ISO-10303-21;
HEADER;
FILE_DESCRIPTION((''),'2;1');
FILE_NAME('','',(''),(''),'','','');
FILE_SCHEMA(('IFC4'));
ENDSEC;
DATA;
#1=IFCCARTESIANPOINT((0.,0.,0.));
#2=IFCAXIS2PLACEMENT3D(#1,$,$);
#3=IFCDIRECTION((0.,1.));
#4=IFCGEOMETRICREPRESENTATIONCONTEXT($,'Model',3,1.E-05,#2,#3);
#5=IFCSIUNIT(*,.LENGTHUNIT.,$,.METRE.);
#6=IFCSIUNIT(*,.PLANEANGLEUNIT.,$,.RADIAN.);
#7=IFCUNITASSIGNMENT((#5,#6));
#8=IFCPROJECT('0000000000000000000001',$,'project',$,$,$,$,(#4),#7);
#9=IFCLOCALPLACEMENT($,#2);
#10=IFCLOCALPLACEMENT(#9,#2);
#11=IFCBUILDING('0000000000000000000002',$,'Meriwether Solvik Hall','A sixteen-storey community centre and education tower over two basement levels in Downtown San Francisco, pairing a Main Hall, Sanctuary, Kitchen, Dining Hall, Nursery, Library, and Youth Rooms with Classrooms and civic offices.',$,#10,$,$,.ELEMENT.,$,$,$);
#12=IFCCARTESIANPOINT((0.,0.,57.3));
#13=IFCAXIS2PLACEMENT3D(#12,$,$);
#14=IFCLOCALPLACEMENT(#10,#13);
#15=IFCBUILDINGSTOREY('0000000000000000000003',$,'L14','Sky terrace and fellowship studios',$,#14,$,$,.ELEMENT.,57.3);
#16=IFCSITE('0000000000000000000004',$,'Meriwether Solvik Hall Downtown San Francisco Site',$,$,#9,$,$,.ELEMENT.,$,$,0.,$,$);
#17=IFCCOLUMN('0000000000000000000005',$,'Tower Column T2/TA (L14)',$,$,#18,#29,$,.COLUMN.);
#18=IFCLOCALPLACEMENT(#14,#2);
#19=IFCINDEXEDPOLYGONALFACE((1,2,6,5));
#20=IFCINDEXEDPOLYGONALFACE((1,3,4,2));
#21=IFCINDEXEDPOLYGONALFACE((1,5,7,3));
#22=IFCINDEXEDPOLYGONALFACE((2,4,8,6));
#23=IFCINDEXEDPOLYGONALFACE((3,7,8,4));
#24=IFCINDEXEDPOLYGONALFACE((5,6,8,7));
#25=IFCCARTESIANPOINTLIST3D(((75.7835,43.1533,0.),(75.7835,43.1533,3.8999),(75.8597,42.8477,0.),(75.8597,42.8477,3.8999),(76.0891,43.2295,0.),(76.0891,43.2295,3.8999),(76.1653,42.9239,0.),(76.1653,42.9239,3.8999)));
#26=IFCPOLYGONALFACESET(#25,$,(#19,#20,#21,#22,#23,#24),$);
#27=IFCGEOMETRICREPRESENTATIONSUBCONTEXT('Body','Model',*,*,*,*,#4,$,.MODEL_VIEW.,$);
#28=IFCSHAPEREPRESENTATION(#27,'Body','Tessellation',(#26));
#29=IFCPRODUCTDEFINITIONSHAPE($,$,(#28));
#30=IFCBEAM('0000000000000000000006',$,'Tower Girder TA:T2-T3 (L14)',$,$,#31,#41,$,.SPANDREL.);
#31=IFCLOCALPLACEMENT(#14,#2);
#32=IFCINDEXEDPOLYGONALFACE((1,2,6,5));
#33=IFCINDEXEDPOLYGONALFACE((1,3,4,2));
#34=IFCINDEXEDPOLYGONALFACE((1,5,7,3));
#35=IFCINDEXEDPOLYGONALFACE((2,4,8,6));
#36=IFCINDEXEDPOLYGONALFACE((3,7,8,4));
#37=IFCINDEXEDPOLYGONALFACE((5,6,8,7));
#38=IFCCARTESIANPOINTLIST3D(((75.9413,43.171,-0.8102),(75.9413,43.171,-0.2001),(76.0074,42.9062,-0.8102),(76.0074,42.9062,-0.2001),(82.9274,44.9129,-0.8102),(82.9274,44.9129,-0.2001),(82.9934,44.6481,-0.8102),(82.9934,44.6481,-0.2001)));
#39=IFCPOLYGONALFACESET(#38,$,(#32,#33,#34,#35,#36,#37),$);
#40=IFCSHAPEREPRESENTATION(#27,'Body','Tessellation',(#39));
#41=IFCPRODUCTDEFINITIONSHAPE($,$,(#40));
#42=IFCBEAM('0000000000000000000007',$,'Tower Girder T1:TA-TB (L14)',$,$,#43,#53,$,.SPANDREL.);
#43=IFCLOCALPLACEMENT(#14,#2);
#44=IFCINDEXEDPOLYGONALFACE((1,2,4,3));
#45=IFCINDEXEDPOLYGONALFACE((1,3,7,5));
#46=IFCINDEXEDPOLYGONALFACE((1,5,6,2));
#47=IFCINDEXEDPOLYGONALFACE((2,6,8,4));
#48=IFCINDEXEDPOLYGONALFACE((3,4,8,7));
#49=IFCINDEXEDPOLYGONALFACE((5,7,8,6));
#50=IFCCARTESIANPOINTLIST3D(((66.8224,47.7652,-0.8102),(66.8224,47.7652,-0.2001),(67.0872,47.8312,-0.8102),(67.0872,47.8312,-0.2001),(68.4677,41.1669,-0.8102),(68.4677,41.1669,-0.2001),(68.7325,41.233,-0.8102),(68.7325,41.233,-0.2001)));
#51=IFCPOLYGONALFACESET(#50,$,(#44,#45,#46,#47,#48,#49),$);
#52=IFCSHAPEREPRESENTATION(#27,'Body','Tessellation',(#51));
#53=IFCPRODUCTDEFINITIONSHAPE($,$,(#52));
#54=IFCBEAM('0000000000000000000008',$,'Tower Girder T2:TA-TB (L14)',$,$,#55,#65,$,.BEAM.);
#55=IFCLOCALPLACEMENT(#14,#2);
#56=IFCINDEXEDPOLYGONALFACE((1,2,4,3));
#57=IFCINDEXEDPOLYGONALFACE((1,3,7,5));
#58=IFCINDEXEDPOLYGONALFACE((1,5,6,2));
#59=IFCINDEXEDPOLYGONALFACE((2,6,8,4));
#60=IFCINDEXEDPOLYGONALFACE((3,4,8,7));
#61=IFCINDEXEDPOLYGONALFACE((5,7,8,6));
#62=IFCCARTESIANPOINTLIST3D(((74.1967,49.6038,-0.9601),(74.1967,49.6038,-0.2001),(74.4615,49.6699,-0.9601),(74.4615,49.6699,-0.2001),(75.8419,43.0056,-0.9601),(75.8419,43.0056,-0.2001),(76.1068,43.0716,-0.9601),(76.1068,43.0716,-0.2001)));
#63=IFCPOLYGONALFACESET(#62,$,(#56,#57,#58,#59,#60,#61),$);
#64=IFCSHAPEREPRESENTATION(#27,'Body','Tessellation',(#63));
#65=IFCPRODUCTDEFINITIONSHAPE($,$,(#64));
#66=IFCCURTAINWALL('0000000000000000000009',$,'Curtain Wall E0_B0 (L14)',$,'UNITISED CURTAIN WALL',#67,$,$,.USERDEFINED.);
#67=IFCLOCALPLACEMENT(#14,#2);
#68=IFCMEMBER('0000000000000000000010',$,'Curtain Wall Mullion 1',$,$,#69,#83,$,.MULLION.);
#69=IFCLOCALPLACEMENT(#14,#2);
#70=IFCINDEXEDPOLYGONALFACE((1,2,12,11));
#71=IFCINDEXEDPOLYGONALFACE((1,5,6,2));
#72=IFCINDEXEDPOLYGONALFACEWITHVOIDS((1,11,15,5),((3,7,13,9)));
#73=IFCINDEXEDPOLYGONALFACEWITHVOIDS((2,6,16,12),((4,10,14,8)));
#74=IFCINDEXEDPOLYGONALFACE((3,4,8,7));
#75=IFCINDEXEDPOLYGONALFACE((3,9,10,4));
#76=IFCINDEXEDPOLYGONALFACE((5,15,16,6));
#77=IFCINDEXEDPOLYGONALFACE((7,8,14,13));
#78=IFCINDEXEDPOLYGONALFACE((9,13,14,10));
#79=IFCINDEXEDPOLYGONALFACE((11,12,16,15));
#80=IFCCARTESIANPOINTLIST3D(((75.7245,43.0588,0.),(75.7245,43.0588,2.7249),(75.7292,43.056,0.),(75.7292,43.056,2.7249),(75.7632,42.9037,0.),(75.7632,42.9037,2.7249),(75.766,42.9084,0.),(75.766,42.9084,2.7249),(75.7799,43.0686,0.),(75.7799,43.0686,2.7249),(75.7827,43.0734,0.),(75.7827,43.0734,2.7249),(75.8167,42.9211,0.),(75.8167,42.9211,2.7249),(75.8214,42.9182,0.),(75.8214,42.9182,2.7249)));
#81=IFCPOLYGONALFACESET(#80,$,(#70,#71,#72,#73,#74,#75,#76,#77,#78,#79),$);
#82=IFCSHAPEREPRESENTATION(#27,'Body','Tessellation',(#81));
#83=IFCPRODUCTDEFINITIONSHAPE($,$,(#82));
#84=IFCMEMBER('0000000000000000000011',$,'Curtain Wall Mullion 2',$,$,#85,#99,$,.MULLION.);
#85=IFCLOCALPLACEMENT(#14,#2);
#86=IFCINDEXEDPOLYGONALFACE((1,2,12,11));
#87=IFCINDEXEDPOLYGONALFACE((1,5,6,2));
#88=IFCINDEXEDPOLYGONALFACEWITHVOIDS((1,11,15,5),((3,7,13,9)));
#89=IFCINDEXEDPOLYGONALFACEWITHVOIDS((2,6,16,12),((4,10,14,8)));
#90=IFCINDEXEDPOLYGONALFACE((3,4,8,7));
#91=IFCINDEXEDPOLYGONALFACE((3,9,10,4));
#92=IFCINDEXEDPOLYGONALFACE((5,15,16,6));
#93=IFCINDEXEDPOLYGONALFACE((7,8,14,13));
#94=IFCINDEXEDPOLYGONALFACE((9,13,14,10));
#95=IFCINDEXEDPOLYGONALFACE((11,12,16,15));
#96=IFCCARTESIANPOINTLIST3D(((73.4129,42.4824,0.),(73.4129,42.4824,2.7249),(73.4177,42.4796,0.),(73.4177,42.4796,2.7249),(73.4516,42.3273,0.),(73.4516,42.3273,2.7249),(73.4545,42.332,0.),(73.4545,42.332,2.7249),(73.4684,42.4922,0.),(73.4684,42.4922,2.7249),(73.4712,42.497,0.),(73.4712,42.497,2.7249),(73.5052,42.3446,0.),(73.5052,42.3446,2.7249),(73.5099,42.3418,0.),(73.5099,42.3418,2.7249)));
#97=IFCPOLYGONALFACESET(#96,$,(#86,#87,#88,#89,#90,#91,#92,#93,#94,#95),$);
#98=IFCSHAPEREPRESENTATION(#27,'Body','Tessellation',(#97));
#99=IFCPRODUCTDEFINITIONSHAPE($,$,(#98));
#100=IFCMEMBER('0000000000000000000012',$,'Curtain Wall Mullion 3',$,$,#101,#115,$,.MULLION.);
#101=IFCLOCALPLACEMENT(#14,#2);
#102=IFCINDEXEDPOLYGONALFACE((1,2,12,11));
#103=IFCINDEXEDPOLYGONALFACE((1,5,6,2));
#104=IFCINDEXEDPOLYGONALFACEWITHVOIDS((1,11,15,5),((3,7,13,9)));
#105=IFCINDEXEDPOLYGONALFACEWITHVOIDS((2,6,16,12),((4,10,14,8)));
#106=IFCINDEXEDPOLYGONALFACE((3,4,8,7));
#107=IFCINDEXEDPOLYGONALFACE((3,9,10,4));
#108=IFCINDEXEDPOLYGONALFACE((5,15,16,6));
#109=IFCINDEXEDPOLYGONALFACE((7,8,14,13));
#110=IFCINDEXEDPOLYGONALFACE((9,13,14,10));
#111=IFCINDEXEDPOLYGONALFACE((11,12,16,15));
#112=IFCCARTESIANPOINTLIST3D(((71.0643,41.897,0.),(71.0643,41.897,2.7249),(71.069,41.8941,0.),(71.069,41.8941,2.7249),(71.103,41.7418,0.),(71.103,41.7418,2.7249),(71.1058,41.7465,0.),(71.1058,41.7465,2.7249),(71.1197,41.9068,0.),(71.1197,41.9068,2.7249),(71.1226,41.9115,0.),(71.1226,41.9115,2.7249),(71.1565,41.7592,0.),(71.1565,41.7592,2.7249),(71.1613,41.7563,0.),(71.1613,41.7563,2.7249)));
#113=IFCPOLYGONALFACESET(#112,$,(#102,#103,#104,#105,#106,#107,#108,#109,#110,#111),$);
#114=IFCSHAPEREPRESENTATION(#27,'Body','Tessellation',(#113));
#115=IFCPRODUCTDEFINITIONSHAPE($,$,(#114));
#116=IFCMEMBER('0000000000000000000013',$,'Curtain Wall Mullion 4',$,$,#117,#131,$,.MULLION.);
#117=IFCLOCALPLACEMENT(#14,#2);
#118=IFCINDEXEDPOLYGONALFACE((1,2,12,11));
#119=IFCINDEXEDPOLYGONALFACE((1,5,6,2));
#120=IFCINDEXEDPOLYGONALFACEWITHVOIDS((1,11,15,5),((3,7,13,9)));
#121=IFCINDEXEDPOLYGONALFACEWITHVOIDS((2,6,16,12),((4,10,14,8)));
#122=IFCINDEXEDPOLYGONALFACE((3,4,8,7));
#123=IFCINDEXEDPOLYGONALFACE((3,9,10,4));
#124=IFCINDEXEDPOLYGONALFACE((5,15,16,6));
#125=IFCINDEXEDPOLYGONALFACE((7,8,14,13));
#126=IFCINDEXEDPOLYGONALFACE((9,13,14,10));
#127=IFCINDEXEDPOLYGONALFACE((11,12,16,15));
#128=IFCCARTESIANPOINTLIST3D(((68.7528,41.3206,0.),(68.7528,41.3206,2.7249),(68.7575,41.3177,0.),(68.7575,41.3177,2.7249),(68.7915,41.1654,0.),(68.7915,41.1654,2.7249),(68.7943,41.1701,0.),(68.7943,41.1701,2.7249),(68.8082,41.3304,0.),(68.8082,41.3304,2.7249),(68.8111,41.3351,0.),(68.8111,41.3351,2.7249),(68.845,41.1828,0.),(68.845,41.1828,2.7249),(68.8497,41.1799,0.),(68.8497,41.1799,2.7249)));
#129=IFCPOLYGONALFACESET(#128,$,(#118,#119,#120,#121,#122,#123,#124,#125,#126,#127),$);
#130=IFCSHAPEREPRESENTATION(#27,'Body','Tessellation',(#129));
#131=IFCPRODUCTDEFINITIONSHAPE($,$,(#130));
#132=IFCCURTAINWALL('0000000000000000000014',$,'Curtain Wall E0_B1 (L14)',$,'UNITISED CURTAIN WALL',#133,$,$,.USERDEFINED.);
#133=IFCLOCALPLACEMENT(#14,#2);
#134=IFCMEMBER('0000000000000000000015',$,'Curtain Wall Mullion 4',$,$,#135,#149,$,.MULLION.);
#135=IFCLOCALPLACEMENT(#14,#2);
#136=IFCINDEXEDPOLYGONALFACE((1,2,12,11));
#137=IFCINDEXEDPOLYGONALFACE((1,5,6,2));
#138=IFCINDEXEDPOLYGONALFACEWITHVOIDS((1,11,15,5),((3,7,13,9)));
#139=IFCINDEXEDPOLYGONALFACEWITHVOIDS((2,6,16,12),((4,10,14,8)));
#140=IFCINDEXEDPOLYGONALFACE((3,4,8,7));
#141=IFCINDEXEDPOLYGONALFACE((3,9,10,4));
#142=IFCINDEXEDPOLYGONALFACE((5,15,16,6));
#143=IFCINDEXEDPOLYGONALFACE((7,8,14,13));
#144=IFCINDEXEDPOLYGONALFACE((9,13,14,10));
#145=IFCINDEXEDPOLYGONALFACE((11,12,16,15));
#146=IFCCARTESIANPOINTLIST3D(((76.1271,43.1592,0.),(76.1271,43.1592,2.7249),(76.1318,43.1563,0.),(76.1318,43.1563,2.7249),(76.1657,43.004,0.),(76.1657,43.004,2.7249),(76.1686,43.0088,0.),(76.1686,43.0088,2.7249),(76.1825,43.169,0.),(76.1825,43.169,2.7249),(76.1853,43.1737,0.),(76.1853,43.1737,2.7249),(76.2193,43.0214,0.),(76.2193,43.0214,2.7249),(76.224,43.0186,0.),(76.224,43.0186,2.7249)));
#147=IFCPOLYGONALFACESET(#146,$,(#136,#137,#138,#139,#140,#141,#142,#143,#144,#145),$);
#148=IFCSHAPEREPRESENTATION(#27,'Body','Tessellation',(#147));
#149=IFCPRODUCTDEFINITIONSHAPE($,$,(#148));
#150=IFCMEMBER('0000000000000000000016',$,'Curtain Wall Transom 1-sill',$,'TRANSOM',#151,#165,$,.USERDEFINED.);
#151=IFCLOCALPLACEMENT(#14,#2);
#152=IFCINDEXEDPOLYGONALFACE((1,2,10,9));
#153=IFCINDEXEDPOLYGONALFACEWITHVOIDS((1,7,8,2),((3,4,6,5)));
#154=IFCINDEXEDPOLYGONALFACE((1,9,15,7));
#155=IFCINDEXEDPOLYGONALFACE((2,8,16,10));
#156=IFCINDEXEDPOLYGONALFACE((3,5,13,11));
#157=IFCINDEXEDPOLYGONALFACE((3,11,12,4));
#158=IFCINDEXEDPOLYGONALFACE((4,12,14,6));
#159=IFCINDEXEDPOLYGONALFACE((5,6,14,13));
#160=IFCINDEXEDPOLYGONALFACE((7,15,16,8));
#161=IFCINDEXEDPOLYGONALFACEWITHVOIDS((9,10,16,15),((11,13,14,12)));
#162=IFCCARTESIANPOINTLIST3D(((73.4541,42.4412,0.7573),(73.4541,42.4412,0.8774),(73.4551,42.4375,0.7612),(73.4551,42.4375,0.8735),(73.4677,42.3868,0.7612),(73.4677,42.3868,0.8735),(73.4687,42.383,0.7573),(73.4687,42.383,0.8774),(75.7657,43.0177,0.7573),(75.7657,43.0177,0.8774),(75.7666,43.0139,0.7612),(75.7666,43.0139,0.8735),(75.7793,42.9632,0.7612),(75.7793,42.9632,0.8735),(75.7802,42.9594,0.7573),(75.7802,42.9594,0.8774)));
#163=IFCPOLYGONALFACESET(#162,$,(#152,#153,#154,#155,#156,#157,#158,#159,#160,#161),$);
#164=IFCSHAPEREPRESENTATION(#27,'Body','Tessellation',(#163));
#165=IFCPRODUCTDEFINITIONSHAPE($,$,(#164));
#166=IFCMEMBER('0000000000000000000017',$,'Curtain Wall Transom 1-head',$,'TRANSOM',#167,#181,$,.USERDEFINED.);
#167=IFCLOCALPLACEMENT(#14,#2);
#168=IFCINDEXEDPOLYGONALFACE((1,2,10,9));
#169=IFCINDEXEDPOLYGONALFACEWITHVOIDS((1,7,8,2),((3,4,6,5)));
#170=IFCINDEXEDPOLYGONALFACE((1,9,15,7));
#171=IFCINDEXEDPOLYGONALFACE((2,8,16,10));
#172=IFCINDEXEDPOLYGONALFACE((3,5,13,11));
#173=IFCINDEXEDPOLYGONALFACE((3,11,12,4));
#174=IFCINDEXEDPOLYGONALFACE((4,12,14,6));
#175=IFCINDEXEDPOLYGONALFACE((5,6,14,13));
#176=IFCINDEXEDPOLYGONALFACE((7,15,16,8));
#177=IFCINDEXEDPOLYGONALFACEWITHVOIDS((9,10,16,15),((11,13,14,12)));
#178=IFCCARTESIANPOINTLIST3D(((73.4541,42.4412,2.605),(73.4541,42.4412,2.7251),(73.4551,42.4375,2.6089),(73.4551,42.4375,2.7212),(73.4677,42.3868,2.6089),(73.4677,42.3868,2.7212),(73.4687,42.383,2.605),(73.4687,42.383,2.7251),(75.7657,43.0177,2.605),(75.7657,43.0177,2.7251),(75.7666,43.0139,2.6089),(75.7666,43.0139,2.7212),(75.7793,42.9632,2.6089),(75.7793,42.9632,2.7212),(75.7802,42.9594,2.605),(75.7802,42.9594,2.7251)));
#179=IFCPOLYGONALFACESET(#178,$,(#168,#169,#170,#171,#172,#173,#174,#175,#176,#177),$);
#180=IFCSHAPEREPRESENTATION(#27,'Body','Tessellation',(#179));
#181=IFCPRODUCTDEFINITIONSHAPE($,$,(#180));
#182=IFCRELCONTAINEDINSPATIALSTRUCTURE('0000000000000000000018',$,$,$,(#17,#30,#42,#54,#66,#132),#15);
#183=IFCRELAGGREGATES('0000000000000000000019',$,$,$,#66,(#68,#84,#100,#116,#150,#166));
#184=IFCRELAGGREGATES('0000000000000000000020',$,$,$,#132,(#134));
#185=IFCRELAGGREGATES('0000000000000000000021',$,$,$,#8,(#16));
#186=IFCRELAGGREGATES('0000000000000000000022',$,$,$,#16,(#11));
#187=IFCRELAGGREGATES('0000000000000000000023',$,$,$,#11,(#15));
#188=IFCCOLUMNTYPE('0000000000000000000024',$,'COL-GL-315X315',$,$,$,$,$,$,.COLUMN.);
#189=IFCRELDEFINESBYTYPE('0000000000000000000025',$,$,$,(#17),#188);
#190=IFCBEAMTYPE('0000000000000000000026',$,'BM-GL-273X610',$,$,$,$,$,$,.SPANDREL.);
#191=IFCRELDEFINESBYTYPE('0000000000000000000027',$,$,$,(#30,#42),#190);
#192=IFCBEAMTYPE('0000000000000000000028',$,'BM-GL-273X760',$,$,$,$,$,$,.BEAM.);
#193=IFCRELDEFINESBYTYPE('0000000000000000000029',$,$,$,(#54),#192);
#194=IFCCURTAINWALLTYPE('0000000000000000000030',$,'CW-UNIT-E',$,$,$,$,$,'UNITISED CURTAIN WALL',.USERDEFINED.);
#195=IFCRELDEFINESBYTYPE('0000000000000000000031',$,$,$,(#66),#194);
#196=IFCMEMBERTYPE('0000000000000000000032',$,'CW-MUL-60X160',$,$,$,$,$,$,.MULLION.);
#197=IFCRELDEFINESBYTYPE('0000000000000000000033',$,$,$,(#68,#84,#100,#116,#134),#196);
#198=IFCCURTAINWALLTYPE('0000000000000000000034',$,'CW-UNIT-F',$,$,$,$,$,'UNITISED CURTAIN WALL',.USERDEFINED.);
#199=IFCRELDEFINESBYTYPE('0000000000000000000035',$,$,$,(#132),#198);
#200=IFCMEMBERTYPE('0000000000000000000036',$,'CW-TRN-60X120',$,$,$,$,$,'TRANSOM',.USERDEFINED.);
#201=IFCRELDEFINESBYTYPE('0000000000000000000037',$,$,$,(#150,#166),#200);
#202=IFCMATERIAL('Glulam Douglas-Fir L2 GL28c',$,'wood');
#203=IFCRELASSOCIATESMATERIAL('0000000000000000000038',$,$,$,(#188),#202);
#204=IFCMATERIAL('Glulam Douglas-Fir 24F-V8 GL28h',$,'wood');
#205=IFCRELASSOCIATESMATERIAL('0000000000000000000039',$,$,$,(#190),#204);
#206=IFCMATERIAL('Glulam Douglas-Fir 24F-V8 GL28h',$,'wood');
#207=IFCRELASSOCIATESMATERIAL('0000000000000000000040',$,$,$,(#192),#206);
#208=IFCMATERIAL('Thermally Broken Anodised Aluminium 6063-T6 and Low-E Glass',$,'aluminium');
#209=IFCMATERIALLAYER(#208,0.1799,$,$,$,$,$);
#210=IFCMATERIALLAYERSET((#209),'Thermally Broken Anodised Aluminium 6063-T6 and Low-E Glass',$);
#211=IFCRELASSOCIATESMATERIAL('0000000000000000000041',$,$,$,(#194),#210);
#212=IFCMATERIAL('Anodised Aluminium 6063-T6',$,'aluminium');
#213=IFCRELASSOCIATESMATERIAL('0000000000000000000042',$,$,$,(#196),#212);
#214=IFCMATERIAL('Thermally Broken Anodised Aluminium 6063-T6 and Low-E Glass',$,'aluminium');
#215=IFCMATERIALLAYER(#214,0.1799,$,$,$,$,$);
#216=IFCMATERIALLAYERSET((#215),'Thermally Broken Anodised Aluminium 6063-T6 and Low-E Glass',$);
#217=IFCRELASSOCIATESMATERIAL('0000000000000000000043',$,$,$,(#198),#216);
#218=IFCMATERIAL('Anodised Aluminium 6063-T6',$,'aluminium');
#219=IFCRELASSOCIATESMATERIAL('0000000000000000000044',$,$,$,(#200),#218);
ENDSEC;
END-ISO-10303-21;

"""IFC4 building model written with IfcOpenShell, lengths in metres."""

from ifc_helpers import new_model, si_unit, direction, frame, origin, origin_2d, place, context, subcontext, project, spatial, rectangle, hollow_rectangle, extrude, material, layer, layer_set, material_profile, profile_set, type_object, element, aggregate, save


model = new_model("IFC4")

# Units and contexts
model_context = context("Model", 3, precision=1e-05, world=origin(), true_north=direction((0.0, 1.0)))
body_context = subcontext(model_context, "Body", "Model", "MODEL_VIEW")
ifc_project = project(units=[si_unit("LENGTHUNIT", "METRE"), si_unit("PLANEANGLEUNIT", "RADIAN")], contexts=[model_context])

# Site, building, storey
site_placement = place(None, origin())
site = spatial("IfcSite", under=ifc_project, at=site_placement, Name="Meriwether Solvik Hall Downtown San Francisco Site", CompositionType="ELEMENT", RefElevation=0.0)
building_placement = place(site_placement, origin())
building = spatial("IfcBuilding", under=site, at=building_placement, Name="Meriwether Solvik Hall", Description="A sixteen-storey community centre and education tower over two basement levels in Downtown San Francisco, pairing a Main Hall, Sanctuary, Kitchen, Dining Hall, Nursery, Library, and Youth Rooms with Classrooms and civic offices.", CompositionType="ELEMENT")
storey_placement = place(building_placement, frame((0.0, 0.0, 57.3)))
storey = spatial("IfcBuildingStorey", under=building, at=storey_placement, Name="L14", Description="Sky terrace and fellowship studios", CompositionType="ELEMENT", Elevation=57.3)

# Column
ifc_material_1 = material(Name="Glulam Douglas-Fir L2 GL28c", Category="wood")
ifc_material_profile_1 = material_profile(ifc_material_1, rectangle(XDim=0.3149, YDim=0.3149, at=origin_2d()), Name="GLC-315X315")
ifc_profile_set_1 = profile_set([ifc_material_profile_1], Name="Glulam Douglas-Fir L2 GL28c")
column_type = type_object("IfcColumnType", Name="COL-GL-315X315", PredefinedType="COLUMN", material=ifc_profile_set_1)
column_placement = place(storey_placement, frame((75.9744, 43.0386, 0.0), z_axis=(0.0, 0.0, 1.0), x_axis=(0.970296, 0.241922, 0.0)))
element("IfcColumn", 1, at=column_placement, inside=storey, type_object=column_type, Name="Tower Column T2/TA (L14)", PredefinedType="COLUMN", context=body_context, shape_type="SweptSolid", body=[
    extrude(rectangle(XDim=0.3149, YDim=0.3149, at=origin_2d()), origin(), (0.0, 0.0, 1.0), 3.8999),
])

# Beams
ifc_material_2 = material(Name="Glulam Douglas-Fir 24F-V8 GL28h", Category="wood")
ifc_material_profile_2 = material_profile(ifc_material_2, rectangle(XDim=0.2729, YDim=0.6101, at=origin_2d()), Name="GLB-273X610")
ifc_profile_set_2 = profile_set([ifc_material_profile_2], Name="Glulam Douglas-Fir 24F-V8 GL28h")
beam_type_1 = type_object("IfcBeamType", Name="BM-GL-273X610", PredefinedType="SPANDREL", material=ifc_profile_set_2)
beam_1_placement = place(storey_placement, frame((75.9744, 43.0386, -0.5051), z_axis=(0.970292, 0.241937, 0.0), x_axis=(-0.241937, 0.970292, 0.0)))
element("IfcBeam", 2, at=beam_1_placement, inside=storey, type_object=beam_type_1, Name="Tower Girder TA:T2-T3 (L14)", PredefinedType="SPANDREL", context=body_context, shape_type="SweptSolid", body=[
    extrude(rectangle(XDim=0.2729, YDim=0.6101, at=origin_2d()), origin(), (0.0, 0.0, 1.0), 7.2),
])
beam_2_placement = place(storey_placement, frame((68.6001, 41.2, -0.5051), z_axis=(-0.241944, 0.97029, 0.0), x_axis=(-0.97029, -0.241944, 0.0)))
element("IfcBeam", 3, at=beam_2_placement, inside=storey, type_object=beam_type_1, Name="Tower Girder T1:TA-TB (L14)", PredefinedType="SPANDREL", context=body_context, shape_type="SweptSolid", body=[
    extrude(rectangle(XDim=0.2729, YDim=0.6101, at=origin_2d()), origin(), (0.0, 0.0, 1.0), 6.8003),
])
ifc_material_3 = material(Name="Glulam Douglas-Fir 24F-V8 GL28h", Category="wood")
ifc_material_profile_3 = material_profile(ifc_material_3, rectangle(XDim=0.2729, YDim=0.76, at=origin_2d()), Name="GLB-273X760")
ifc_profile_set_3 = profile_set([ifc_material_profile_3], Name="Glulam Douglas-Fir 24F-V8 GL28h")
beam_type_2 = type_object("IfcBeamType", Name="BM-GL-273X760", PredefinedType="BEAM", material=ifc_profile_set_3)
beam_3_placement = place(storey_placement, frame((75.9744, 43.0386, -0.5801), z_axis=(-0.241944, 0.97029, 0.0), x_axis=(-0.97029, -0.241944, 0.0)))
element("IfcBeam", 4, at=beam_3_placement, inside=storey, type_object=beam_type_2, Name="Tower Girder T2:TA-TB (L14)", PredefinedType="BEAM", context=body_context, shape_type="SweptSolid", body=[
    extrude(rectangle(XDim=0.2729, YDim=0.76, at=origin_2d()), origin(), (0.0, 0.0, 1.0), 6.8003),
])

# Curtain wall, members
ifc_material_4 = material(Name="Thermally Broken Anodised Aluminium 6063-T6 and Low-E Glass", Category="aluminium")
ifc_layer_1 = layer(ifc_material_4, 0.1799)
ifc_layer_set_1 = layer_set([ifc_layer_1], Name="Thermally Broken Anodised Aluminium 6063-T6 and Low-E Glass")
curtain_wall_type_1 = type_object("IfcCurtainWallType", Name="CW-UNIT-E", ElementType="UNITISED CURTAIN WALL", PredefinedType="USERDEFINED", material=ifc_layer_set_1)
curtain_wall_1_placement = place(storey_placement, origin())
curtain_wall_1 = element("IfcCurtainWall", 5, at=curtain_wall_1_placement, inside=storey, type_object=curtain_wall_type_1, Name="Curtain Wall E0_B0 (L14)", ObjectType="UNITISED CURTAIN WALL", PredefinedType="USERDEFINED")
ifc_material_5 = material(Name="Anodised Aluminium 6063-T6", Category="aluminium")
ifc_material_profile_4 = material_profile(ifc_material_5, hollow_rectangle(XDim=0.0601, YDim=0.1599, WallThickness=0.0039, at=origin_2d()), Name="CWM-60X160")
ifc_profile_set_4 = profile_set([ifc_material_profile_4], Name="Anodised Aluminium 6063-T6")
member_type_1 = type_object("IfcMemberType", Name="CW-MUL-60X160", PredefinedType="MULLION", material=ifc_profile_set_4)
member_1_placement = place(storey_placement, frame((75.7729, 42.9885, 0.0), z_axis=(0.0, 0.0, 1.0), x_axis=(-0.970296, -0.241922, 0.0)))
member_1 = element("IfcMember", 6, at=member_1_placement, type_object=member_type_1, Name="Curtain Wall Mullion 1", PredefinedType="MULLION", context=body_context, shape_type="SweptSolid", body=[
    extrude(hollow_rectangle(XDim=0.0601, YDim=0.1599, WallThickness=0.0039, at=origin_2d()), origin(), (0.0, 0.0, 1.0), 2.7249),
])
member_2_placement = place(storey_placement, frame((73.4614, 42.4121, 0.0), z_axis=(0.0, 0.0, 1.0), x_axis=(-0.970296, -0.241922, 0.0)))
member_2 = element("IfcMember", 7, at=member_2_placement, type_object=member_type_1, Name="Curtain Wall Mullion 2", PredefinedType="MULLION", context=body_context, shape_type="SweptSolid", body=[
    extrude(hollow_rectangle(XDim=0.0601, YDim=0.1599, WallThickness=0.0039, at=origin_2d()), origin(), (0.0, 0.0, 1.0), 2.7249),
])
member_3_placement = place(storey_placement, frame((71.1128, 41.8267, 0.0), z_axis=(0.0, 0.0, 1.0), x_axis=(-0.970296, -0.241922, 0.0)))
member_3 = element("IfcMember", 8, at=member_3_placement, type_object=member_type_1, Name="Curtain Wall Mullion 3", PredefinedType="MULLION", context=body_context, shape_type="SweptSolid", body=[
    extrude(hollow_rectangle(XDim=0.0601, YDim=0.1599, WallThickness=0.0039, at=origin_2d()), origin(), (0.0, 0.0, 1.0), 2.7249),
])
member_4_placement = place(storey_placement, frame((68.8013, 41.2502, 0.0), z_axis=(0.0, 0.0, 1.0), x_axis=(-0.970296, -0.241922, 0.0)))
member_4 = element("IfcMember", 9, at=member_4_placement, type_object=member_type_1, Name="Curtain Wall Mullion 4", PredefinedType="MULLION", context=body_context, shape_type="SweptSolid", body=[
    extrude(hollow_rectangle(XDim=0.0601, YDim=0.1599, WallThickness=0.0039, at=origin_2d()), origin(), (0.0, 0.0, 1.0), 2.7249),
])

# Curtain wall, member
ifc_material_6 = material(Name="Thermally Broken Anodised Aluminium 6063-T6 and Low-E Glass", Category="aluminium")
ifc_layer_2 = layer(ifc_material_6, 0.1799)
ifc_layer_set_2 = layer_set([ifc_layer_2], Name="Thermally Broken Anodised Aluminium 6063-T6 and Low-E Glass")
curtain_wall_type_2 = type_object("IfcCurtainWallType", Name="CW-UNIT-F", ElementType="UNITISED CURTAIN WALL", PredefinedType="USERDEFINED", material=ifc_layer_set_2)
curtain_wall_2_placement = place(storey_placement, origin())
curtain_wall_2 = element("IfcCurtainWall", 10, at=curtain_wall_2_placement, inside=storey, type_object=curtain_wall_type_2, Name="Curtain Wall E0_B1 (L14)", ObjectType="UNITISED CURTAIN WALL", PredefinedType="USERDEFINED")
member_5_placement = place(storey_placement, frame((76.1755, 43.0889, 0.0), z_axis=(0.0, 0.0, 1.0), x_axis=(-0.970296, -0.241922, 0.0)))
member_5 = element("IfcMember", 11, at=member_5_placement, type_object=member_type_1, Name="Curtain Wall Mullion 4", PredefinedType="MULLION", context=body_context, shape_type="SweptSolid", body=[
    extrude(hollow_rectangle(XDim=0.0601, YDim=0.1599, WallThickness=0.0039, at=origin_2d()), origin(), (0.0, 0.0, 1.0), 2.7249),
])

# Members
ifc_material_7 = material(Name="Anodised Aluminium 6063-T6", Category="aluminium")
ifc_material_profile_5 = material_profile(ifc_material_7, hollow_rectangle(XDim=0.0601, YDim=0.1201, WallThickness=0.0039, at=origin_2d()), Name="CWT-60X120")
ifc_profile_set_5 = profile_set([ifc_material_profile_5], Name="Anodised Aluminium 6063-T6")
member_type_2 = type_object("IfcMemberType", Name="CW-TRN-60X120", ElementType="TRANSOM", PredefinedType="USERDEFINED", material=ifc_profile_set_5)
member_6_placement = place(storey_placement, frame((75.7729, 42.9885, 0.8174), z_axis=(-0.970287, -0.241957, 0.0), x_axis=(0.241957, -0.970287, 0.0)))
member_6 = element("IfcMember", 12, at=member_6_placement, type_object=member_type_2, Name="Curtain Wall Transom 1-sill", ObjectType="TRANSOM", PredefinedType="USERDEFINED", context=body_context, shape_type="SweptSolid", body=[
    extrude(hollow_rectangle(XDim=0.0601, YDim=0.1201, WallThickness=0.0039, at=origin_2d()), origin(), (0.0, 0.0, 1.0), 2.3823),
])
member_7_placement = place(storey_placement, frame((75.7729, 42.9885, 2.665), z_axis=(-0.970287, -0.241957, 0.0), x_axis=(0.241957, -0.970287, 0.0)))
member_7 = element("IfcMember", 13, at=member_7_placement, type_object=member_type_2, Name="Curtain Wall Transom 1-head", ObjectType="TRANSOM", PredefinedType="USERDEFINED", context=body_context, shape_type="SweptSolid", body=[
    extrude(hollow_rectangle(XDim=0.0601, YDim=0.1201, WallThickness=0.0039, at=origin_2d()), origin(), (0.0, 0.0, 1.0), 2.3823),
])

aggregate(curtain_wall_1, [member_1, member_2, member_3, member_4, member_6, member_7])
aggregate(curtain_wall_2, [member_5])

save(model, "model.ifc")
